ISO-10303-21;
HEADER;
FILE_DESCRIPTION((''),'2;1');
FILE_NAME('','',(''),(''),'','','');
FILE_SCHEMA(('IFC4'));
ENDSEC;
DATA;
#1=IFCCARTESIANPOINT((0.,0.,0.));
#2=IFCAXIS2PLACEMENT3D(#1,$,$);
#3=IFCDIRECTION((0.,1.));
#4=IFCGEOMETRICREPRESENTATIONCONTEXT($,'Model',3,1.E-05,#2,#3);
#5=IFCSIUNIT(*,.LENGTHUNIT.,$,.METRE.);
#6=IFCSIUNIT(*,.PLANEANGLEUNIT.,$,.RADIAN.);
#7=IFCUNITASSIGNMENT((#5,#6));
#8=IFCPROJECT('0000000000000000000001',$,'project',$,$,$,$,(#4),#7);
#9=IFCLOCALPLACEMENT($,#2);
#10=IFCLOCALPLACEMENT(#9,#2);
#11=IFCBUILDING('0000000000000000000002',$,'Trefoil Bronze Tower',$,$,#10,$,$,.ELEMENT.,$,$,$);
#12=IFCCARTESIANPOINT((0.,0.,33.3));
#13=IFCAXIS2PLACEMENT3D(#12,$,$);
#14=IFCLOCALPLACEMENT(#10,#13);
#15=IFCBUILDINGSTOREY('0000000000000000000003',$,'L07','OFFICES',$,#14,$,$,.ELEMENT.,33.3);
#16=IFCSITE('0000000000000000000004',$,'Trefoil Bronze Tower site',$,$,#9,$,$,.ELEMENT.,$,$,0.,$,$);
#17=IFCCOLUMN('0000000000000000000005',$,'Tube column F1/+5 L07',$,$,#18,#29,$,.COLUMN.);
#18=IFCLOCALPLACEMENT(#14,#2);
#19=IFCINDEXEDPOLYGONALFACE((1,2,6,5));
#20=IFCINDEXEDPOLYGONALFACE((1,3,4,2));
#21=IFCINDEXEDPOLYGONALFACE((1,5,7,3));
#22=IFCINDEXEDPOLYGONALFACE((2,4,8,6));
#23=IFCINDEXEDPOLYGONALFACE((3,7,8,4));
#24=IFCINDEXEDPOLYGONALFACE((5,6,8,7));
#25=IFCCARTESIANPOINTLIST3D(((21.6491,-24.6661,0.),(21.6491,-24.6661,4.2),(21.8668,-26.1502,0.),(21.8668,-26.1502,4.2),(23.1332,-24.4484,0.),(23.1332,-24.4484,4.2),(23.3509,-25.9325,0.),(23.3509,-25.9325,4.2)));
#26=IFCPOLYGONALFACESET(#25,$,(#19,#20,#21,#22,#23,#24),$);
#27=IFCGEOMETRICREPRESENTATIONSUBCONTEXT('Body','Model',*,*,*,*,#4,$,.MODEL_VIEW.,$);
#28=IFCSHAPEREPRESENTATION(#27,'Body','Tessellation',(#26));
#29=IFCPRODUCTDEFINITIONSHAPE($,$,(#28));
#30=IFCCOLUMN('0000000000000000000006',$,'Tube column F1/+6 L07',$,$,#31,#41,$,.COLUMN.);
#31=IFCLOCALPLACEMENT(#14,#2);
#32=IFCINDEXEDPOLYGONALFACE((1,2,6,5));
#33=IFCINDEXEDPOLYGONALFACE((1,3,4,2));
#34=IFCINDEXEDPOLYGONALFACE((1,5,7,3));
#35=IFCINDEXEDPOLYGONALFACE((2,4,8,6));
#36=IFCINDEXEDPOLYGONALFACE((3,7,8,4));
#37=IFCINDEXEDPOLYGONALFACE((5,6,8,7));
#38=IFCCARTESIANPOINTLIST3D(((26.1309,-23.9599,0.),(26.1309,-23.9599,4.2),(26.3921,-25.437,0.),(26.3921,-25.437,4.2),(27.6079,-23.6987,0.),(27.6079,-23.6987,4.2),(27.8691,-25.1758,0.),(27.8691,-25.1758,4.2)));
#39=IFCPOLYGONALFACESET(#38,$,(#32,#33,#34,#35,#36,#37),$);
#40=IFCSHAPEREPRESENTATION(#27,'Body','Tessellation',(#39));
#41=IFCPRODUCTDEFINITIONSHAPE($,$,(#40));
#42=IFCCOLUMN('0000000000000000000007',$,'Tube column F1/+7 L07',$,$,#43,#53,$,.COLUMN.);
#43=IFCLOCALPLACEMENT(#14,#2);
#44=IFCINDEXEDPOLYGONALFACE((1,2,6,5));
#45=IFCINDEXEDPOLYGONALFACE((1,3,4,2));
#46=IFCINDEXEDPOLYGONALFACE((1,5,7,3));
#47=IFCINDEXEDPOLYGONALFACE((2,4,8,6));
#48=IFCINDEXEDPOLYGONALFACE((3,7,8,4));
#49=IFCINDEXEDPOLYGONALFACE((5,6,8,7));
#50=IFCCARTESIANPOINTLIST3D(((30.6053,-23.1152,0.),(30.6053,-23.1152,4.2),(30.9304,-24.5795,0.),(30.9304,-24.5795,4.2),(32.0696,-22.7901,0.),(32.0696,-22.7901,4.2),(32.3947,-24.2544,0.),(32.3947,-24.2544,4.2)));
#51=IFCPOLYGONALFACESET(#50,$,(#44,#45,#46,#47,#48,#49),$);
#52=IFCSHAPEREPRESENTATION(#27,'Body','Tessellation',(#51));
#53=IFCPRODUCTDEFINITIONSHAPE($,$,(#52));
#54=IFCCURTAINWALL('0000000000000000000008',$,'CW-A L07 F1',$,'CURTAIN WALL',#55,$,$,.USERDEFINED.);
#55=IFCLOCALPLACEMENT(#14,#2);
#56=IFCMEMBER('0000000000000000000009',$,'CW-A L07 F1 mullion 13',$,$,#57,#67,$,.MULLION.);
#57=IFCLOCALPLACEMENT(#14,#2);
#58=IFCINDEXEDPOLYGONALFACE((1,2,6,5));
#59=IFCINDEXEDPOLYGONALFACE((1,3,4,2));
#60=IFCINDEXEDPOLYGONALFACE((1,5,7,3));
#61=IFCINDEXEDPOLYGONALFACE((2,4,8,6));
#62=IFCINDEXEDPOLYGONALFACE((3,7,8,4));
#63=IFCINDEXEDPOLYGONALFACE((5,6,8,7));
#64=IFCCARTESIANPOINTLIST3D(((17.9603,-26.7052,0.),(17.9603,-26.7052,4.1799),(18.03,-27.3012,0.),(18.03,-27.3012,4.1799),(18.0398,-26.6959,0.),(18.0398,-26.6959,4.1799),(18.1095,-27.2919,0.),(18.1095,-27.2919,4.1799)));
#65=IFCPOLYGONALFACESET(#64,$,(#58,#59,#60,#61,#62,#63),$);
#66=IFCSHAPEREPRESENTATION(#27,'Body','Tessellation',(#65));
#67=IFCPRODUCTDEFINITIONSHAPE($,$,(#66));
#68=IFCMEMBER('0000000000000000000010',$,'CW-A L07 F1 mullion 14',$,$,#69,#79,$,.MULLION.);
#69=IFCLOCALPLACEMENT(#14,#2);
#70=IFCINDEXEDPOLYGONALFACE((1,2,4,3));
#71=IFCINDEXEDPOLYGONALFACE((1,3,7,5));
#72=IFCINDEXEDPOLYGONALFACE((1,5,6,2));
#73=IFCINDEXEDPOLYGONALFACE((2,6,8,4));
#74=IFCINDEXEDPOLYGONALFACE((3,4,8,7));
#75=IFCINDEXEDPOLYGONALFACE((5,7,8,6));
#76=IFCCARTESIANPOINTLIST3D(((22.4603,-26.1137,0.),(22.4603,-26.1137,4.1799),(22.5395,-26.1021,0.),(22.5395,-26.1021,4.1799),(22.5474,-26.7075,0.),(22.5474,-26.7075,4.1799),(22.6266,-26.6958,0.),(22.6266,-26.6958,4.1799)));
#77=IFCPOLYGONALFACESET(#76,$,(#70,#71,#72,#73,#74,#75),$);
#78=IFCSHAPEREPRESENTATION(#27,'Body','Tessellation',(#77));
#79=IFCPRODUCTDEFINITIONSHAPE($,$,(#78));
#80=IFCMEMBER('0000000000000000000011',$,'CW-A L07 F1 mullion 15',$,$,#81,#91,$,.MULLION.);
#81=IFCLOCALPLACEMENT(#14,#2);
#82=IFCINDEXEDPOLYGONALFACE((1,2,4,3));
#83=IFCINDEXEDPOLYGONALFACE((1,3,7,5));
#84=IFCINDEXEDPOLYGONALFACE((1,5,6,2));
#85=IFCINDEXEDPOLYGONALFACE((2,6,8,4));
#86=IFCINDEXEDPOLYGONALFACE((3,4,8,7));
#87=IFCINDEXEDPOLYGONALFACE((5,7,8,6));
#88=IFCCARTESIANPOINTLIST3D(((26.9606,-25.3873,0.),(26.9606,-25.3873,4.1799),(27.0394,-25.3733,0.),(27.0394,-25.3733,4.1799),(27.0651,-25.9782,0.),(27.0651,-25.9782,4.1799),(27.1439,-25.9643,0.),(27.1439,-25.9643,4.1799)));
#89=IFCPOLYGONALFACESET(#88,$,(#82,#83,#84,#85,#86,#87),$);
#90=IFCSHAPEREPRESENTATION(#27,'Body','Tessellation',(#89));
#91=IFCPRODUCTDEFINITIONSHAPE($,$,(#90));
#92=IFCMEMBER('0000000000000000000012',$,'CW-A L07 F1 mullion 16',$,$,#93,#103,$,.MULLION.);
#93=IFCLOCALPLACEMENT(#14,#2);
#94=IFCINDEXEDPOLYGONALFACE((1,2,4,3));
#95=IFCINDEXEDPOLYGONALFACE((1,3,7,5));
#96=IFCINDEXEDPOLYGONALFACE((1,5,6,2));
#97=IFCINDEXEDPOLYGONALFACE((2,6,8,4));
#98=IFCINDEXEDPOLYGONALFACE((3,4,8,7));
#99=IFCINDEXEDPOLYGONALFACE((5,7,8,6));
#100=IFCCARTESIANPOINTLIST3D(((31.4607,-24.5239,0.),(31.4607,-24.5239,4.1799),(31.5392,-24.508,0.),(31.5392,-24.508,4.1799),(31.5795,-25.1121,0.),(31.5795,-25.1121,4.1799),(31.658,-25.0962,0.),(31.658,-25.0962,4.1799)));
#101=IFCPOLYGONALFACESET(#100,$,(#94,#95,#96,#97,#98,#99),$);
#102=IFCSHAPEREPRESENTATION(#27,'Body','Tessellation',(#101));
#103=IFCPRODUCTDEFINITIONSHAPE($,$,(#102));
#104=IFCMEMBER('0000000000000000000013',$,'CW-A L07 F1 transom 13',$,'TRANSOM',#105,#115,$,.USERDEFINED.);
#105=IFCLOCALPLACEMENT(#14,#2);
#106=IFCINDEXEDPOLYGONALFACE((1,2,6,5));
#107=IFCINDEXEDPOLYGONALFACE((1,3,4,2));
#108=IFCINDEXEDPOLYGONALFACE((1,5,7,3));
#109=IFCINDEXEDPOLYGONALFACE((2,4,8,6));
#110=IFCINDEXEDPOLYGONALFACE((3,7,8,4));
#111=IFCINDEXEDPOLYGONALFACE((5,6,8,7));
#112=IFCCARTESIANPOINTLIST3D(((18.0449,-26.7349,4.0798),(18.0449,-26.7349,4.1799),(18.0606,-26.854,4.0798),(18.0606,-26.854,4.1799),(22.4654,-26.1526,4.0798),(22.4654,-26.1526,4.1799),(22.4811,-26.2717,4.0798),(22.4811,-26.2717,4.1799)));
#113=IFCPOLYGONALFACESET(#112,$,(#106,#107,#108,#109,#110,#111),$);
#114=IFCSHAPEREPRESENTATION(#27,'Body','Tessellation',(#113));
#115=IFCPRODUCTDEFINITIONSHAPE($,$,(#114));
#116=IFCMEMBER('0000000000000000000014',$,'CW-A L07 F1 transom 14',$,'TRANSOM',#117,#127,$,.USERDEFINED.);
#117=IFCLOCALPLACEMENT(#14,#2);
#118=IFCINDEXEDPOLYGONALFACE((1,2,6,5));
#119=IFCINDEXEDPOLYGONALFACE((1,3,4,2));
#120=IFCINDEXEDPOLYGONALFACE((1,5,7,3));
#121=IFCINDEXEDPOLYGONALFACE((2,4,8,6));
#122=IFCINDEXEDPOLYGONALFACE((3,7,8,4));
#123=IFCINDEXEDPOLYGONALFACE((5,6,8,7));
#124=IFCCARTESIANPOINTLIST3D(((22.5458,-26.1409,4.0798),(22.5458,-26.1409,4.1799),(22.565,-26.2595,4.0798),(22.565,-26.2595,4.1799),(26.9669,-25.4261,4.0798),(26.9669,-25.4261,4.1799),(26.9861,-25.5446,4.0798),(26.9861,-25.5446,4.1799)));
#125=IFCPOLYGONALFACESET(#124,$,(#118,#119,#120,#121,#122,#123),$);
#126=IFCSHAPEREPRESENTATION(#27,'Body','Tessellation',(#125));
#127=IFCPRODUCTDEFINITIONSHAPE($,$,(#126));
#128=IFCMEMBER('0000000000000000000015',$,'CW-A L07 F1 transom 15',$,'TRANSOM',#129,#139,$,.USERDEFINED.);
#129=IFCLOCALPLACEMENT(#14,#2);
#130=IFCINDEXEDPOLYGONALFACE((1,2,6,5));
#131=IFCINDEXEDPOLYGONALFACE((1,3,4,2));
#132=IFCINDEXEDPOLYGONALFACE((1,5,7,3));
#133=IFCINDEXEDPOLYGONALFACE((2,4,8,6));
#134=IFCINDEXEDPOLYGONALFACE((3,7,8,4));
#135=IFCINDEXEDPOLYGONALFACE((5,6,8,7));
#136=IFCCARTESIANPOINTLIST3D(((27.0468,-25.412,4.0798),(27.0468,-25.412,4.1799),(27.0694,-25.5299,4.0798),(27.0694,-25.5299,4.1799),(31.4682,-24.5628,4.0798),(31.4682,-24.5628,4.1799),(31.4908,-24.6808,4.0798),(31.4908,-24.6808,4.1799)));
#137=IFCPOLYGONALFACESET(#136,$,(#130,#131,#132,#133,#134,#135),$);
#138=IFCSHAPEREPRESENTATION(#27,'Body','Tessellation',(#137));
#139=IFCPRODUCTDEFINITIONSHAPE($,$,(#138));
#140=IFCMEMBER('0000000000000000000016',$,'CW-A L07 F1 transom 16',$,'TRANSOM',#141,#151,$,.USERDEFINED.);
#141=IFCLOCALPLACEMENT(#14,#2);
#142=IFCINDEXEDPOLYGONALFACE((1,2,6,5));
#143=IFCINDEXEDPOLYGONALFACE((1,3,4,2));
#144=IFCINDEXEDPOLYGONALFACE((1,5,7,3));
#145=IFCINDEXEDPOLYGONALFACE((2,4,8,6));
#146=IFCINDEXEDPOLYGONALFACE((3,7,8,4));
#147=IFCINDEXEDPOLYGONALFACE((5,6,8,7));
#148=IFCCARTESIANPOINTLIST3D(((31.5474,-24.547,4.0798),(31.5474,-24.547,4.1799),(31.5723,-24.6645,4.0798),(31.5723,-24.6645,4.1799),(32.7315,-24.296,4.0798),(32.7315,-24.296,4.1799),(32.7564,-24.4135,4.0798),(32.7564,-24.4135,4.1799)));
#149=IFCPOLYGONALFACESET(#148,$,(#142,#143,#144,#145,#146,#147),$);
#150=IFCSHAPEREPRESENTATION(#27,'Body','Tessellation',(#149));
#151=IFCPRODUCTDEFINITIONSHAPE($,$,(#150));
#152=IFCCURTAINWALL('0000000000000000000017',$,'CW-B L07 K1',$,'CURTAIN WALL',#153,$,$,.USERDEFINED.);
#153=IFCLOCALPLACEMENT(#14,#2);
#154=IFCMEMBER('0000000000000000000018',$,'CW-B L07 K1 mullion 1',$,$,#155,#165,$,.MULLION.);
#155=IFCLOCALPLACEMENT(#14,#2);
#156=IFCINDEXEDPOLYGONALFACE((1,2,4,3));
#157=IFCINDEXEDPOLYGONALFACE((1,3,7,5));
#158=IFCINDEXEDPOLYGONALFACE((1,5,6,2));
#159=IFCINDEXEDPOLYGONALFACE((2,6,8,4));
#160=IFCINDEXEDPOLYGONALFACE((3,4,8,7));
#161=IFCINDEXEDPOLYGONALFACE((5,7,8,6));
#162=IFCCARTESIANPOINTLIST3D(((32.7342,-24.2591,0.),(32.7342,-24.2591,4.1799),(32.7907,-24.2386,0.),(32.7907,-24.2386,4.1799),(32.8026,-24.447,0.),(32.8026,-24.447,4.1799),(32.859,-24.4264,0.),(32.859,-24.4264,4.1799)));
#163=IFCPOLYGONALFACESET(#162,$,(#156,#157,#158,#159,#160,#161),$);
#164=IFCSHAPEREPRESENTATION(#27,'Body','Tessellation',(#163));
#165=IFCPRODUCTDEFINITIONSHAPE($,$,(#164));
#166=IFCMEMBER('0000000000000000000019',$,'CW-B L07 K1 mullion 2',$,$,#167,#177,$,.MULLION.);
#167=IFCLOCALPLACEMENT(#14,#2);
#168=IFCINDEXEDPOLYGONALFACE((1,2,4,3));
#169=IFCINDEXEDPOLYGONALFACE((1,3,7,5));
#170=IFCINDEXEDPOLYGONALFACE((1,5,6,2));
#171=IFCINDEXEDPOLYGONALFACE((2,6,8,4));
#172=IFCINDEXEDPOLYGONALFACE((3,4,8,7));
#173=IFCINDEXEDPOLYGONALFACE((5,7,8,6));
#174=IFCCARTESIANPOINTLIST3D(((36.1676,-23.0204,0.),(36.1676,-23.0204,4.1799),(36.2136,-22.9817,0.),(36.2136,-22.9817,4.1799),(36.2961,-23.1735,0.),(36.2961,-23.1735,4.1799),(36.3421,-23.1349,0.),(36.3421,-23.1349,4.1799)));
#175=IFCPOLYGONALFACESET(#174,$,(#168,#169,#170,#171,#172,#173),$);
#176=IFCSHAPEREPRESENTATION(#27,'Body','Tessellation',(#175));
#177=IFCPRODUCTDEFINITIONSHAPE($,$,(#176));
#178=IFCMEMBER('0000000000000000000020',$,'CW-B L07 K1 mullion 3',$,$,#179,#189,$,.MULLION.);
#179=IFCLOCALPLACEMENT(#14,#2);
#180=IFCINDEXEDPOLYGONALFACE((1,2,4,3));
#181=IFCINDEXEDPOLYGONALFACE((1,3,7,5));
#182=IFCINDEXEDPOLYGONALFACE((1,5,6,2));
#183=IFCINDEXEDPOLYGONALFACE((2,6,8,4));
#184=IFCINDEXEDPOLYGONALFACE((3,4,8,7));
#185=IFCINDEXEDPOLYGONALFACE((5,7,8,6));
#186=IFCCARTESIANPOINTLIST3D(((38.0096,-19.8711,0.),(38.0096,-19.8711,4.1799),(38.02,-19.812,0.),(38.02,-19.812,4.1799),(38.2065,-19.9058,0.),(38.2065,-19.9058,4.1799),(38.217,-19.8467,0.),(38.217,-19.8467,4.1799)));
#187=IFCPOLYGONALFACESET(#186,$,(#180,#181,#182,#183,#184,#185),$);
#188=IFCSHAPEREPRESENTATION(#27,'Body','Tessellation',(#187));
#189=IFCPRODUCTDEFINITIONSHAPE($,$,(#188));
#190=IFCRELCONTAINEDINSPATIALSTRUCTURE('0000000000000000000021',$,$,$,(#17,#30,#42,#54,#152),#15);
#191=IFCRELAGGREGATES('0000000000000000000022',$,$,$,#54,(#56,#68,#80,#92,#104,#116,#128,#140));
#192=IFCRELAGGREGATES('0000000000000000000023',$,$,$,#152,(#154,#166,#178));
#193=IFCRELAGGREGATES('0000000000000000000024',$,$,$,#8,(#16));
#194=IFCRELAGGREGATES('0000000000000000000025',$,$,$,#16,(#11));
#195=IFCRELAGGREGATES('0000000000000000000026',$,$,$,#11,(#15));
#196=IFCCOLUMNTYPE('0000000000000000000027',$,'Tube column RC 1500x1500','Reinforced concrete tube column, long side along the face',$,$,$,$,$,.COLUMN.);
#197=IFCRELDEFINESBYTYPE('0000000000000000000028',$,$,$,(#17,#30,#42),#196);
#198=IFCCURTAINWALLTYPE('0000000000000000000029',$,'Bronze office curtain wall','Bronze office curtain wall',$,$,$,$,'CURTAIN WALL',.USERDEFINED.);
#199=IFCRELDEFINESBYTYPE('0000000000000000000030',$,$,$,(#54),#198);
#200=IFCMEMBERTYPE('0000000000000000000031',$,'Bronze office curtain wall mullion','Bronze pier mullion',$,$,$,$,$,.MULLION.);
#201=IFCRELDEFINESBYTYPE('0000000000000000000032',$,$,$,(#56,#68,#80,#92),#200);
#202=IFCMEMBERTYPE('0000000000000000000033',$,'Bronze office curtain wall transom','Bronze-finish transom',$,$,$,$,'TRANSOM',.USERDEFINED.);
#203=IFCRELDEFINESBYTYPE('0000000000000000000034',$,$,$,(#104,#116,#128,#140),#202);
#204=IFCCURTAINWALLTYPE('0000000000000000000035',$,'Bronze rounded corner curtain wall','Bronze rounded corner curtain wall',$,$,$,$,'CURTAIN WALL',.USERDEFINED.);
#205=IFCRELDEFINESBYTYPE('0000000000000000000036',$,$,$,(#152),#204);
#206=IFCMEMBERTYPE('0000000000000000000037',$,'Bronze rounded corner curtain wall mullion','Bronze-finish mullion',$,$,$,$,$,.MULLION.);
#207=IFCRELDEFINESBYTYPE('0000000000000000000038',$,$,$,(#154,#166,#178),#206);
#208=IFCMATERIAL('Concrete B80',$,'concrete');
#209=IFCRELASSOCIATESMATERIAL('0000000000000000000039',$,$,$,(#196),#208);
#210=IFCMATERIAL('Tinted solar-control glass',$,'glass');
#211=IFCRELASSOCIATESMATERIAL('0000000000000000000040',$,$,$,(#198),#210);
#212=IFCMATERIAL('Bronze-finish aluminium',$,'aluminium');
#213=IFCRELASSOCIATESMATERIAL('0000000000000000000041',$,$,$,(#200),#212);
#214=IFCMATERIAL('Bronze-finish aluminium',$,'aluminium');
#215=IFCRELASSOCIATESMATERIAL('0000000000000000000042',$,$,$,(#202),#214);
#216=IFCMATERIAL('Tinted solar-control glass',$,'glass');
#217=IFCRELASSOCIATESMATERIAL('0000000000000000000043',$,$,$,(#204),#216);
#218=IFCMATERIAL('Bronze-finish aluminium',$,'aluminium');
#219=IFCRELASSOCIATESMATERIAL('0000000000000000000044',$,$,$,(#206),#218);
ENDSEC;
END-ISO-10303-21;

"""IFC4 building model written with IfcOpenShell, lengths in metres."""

from ifc_helpers import new_model, si_unit, direction, frame, origin, origin_2d, place, context, subcontext, project, spatial, rectangle, extrude, material, material_profile, profile_set, type_object, element, aggregate, save


model = new_model("IFC4")

# Units and contexts
model_context = context("Model", 3, precision=1e-05, world=origin(), true_north=direction((0.0, 1.0)))
body_context = subcontext(model_context, "Body", "Model", "MODEL_VIEW")
ifc_project = project(units=[si_unit("LENGTHUNIT", "METRE"), si_unit("PLANEANGLEUNIT", "RADIAN")], contexts=[model_context])

# Site, building, storey
site_placement = place(None, origin())
site = spatial("IfcSite", under=ifc_project, at=site_placement, Name="Trefoil Bronze Tower site", CompositionType="ELEMENT", RefElevation=0.0)
building_placement = place(site_placement, origin())
building = spatial("IfcBuilding", under=site, at=building_placement, Name="Trefoil Bronze Tower", CompositionType="ELEMENT")
storey_placement = place(building_placement, frame((0.0, 0.0, 33.3)))
storey = spatial("IfcBuildingStorey", under=building, at=storey_placement, Name="L07", Description="OFFICES", CompositionType="ELEMENT", Elevation=33.3)

# Columns
ifc_material_1 = material(Name="Concrete B80", Category="concrete")
ifc_material_profile_1 = material_profile(ifc_material_1, rectangle(XDim=1.5, YDim=1.5, at=origin_2d()), Name="RC 1500x1500")
ifc_profile_set_1 = profile_set([ifc_material_profile_1], Name="Concrete B80")
column_type = type_object("IfcColumnType", Name="Tube column RC 1500x1500", Description="Reinforced concrete tube column, long side along the face", PredefinedType="COLUMN", material=ifc_profile_set_1)
for number, where, z_axis, x_axis, name in (
    (1, (22.5, -25.2993, 0.0), (0.0, 0.0, 1.0), (0.989416, 0.145109, 0.0), "Tube column F1/+5 L07"),
    (2, (27.0, -24.5679, 0.0), (0.0, 0.0, 1.0), (0.984722, 0.174131, 0.0), "Tube column F1/+6 L07"),
    (3, (31.5, -23.6848, 0.0), (0.0, 0.0, 1.0), (0.97623, 0.216739, 0.0), "Tube column F1/+7 L07"),
):
    element("IfcColumn", number, at=place(storey_placement, frame(where, z_axis=z_axis, x_axis=x_axis)), inside=storey, type_object=column_type, Name=name, PredefinedType="COLUMN", context=body_context, shape_type="SweptSolid", body=[
        extrude(rectangle(XDim=1.5, YDim=1.5, at=origin_2d()), origin(), (0.0, 0.0, 1.0), 4.2),
    ])

# Curtain walls, members
ifc_material_2 = material(Name="Tinted solar-control glass", Category="glass")
curtain_wall_type_1 = type_object("IfcCurtainWallType", Name="Bronze office curtain wall", Description="Bronze office curtain wall", ElementType="CURTAIN WALL", PredefinedType="USERDEFINED", material=ifc_material_2)
curtain_wall_1_placement = place(storey_placement, origin())
curtain_wall_1 = element("IfcCurtainWall", 4, at=curtain_wall_1_placement, inside=storey, type_object=curtain_wall_type_1, Name="CW-A L07 F1", ObjectType="CURTAIN WALL", PredefinedType="USERDEFINED")
ifc_material_3 = material(Name="Bronze-finish aluminium", Category="aluminium")
ifc_material_profile_2 = material_profile(ifc_material_3, rectangle(XDim=0.6001, YDim=0.0801, at=origin_2d()), Name="CW-A mullion")
ifc_profile_set_2 = profile_set([ifc_material_profile_2], Name="Bronze-finish aluminium")
member_type_1 = type_object("IfcMemberType", Name="Bronze office curtain wall mullion", Description="Bronze pier mullion", PredefinedType="MULLION", material=ifc_profile_set_2)
member_1_placement = place(storey_placement, frame((18.0349, -26.9985, 0.0), z_axis=(0.0, 0.0, 1.0), x_axis=(-0.116087, 0.993239, 0.0)))
member_1 = element("IfcMember", 5, at=member_1_placement, type_object=member_type_1, Name="CW-A L07 F1 mullion 13", PredefinedType="MULLION", context=body_context, shape_type="SweptSolid", body=[
    extrude(rectangle(XDim=0.6001, YDim=0.0801, at=origin_2d()), origin(), (0.0, 0.0, 1.0), 4.1799),
])
member_2_placement = place(storey_placement, frame((22.5435, -26.4048, 0.0), z_axis=(0.0, 0.0, 1.0), x_axis=(-0.145109, 0.989416, 0.0)))
member_2 = element("IfcMember", 6, at=member_2_placement, type_object=member_type_1, Name="CW-A L07 F1 mullion 14", PredefinedType="MULLION", context=body_context, shape_type="SweptSolid", body=[
    extrude(rectangle(XDim=0.6001, YDim=0.0801, at=origin_2d()), origin(), (0.0, 0.0, 1.0), 4.1799),
])
member_3_placement = place(storey_placement, frame((27.0522, -25.6758, 0.0), z_axis=(0.0, 0.0, 1.0), x_axis=(-0.174131, 0.984722, 0.0)))
member_3 = element("IfcMember", 7, at=member_3_placement, type_object=member_type_1, Name="CW-A L07 F1 mullion 15", PredefinedType="MULLION", context=body_context, shape_type="SweptSolid", body=[
    extrude(rectangle(XDim=0.6001, YDim=0.0801, at=origin_2d()), origin(), (0.0, 0.0, 1.0), 4.1799),
])
member_4_placement = place(storey_placement, frame((31.5593, -24.8101, 0.0), z_axis=(0.0, 0.0, 1.0), x_axis=(-0.19791, 0.98022, 0.0)))
member_4 = element("IfcMember", 8, at=member_4_placement, type_object=member_type_1, Name="CW-A L07 F1 mullion 16", PredefinedType="MULLION", context=body_context, shape_type="SweptSolid", body=[
    extrude(rectangle(XDim=0.6001, YDim=0.0801, at=origin_2d()), origin(), (0.0, 0.0, 1.0), 4.1799),
])
ifc_material_4 = material(Name="Bronze-finish aluminium", Category="aluminium")
ifc_material_profile_3 = material_profile(ifc_material_4, rectangle(XDim=0.1201, YDim=0.1001, at=origin_2d()), Name="CW-A transom")
ifc_profile_set_3 = profile_set([ifc_material_profile_3], Name="Bronze-finish aluminium")
member_type_2 = type_object("IfcMemberType", Name="Bronze office curtain wall transom", Description="Bronze-finish transom", ElementType="TRANSOM", PredefinedType="USERDEFINED", material=ifc_profile_set_3)
member_5_placement = place(storey_placement, frame((18.0527, -26.7944, 4.1299), z_axis=(0.991437, 0.130589, 0.0), x_axis=(-0.130589, 0.991437, 0.0)))
member_5 = element("IfcMember", 9, at=member_5_placement, type_object=member_type_2, Name="CW-A L07 F1 transom 13", ObjectType="TRANSOM", PredefinedType="USERDEFINED", context=body_context, shape_type="SweptSolid", body=[
    extrude(rectangle(XDim=0.1201, YDim=0.1001, at=origin_2d()), origin(), (0.0, 0.0, 1.0), 4.4587),
])
member_6_placement = place(storey_placement, frame((22.5554, -26.2002, 4.1299), z_axis=(0.987179, 0.159615, 0.0), x_axis=(-0.159615, 0.987179, 0.0)))
member_6 = element("IfcMember", 10, at=member_6_placement, type_object=member_type_2, Name="CW-A L07 F1 transom 14", ObjectType="TRANSOM", PredefinedType="USERDEFINED", context=body_context, shape_type="SweptSolid", body=[
    extrude(rectangle(XDim=0.1201, YDim=0.1001, at=origin_2d()), origin(), (0.0, 0.0, 1.0), 4.4785),
])
member_7_placement = place(storey_placement, frame((27.0581, -25.4709, 4.1299), z_axis=(0.982054, 0.188602, 0.0), x_axis=(-0.188602, 0.982054, 0.0)))
member_7 = element("IfcMember", 11, at=member_7_placement, type_object=member_type_2, Name="CW-A L07 F1 transom 15", ObjectType="TRANSOM", PredefinedType="USERDEFINED", context=body_context, shape_type="SweptSolid", body=[
    extrude(rectangle(XDim=0.1201, YDim=0.1001, at=origin_2d()), origin(), (0.0, 0.0, 1.0), 4.5022),
])
member_8_placement = place(storey_placement, frame((31.5598, -24.6057, 4.1299), z_axis=(0.978266, 0.207352, 0.0), x_axis=(-0.207352, 0.978266, 0.0)))
member_8 = element("IfcMember", 12, at=member_8_placement, type_object=member_type_2, Name="CW-A L07 F1 transom 16", ObjectType="TRANSOM", PredefinedType="USERDEFINED", context=body_context, shape_type="SweptSolid", body=[
    extrude(rectangle(XDim=0.1201, YDim=0.1001, at=origin_2d()), origin(), (0.0, 0.0, 1.0), 1.2104),
])
ifc_material_5 = material(Name="Tinted solar-control glass", Category="glass")
curtain_wall_type_2 = type_object("IfcCurtainWallType", Name="Bronze rounded corner curtain wall", Description="Bronze rounded corner curtain wall", ElementType="CURTAIN WALL", PredefinedType="USERDEFINED", material=ifc_material_5)
curtain_wall_2_placement = place(storey_placement, origin())
curtain_wall_2 = element("IfcCurtainWall", 13, at=curtain_wall_2_placement, inside=storey, type_object=curtain_wall_type_2, Name="CW-B L07 K1", ObjectType="CURTAIN WALL", PredefinedType="USERDEFINED")
ifc_material_6 = material(Name="Bronze-finish aluminium", Category="aluminium")
ifc_material_profile_4 = material_profile(ifc_material_6, rectangle(XDim=0.2, YDim=0.0601, at=origin_2d()), Name="CW-B mullion")
ifc_profile_set_4 = profile_set([ifc_material_profile_4], Name="Bronze-finish aluminium")
member_type_3 = type_object("IfcMemberType", Name="Bronze rounded corner curtain wall mullion", Description="Bronze-finish mullion", PredefinedType="MULLION", material=ifc_profile_set_4)
member_9_placement = place(storey_placement, frame((32.7966, -24.3428, 0.0), z_axis=(0.0, 0.0, 1.0), x_axis=(-0.34202, 0.939693, 0.0)))
member_9 = element("IfcMember", 14, at=member_9_placement, type_object=member_type_3, Name="CW-B L07 K1 mullion 1", PredefinedType="MULLION", context=body_context, shape_type="SweptSolid", body=[
    extrude(rectangle(XDim=0.2, YDim=0.0601, at=origin_2d()), origin(), (0.0, 0.0, 1.0), 4.1799),
])
member_10_placement = place(storey_placement, frame((36.2549, -23.0776, 0.0), z_axis=(0.0, 0.0, 1.0), x_axis=(-0.642788, 0.766044, 0.0)))
member_10 = element("IfcMember", 15, at=member_10_placement, type_object=member_type_3, Name="CW-B L07 K1 mullion 2", PredefinedType="MULLION", context=body_context, shape_type="SweptSolid", body=[
    extrude(rectangle(XDim=0.2, YDim=0.0601, at=origin_2d()), origin(), (0.0, 0.0, 1.0), 4.1799),
])
member_11_placement = place(storey_placement, frame((38.1133, -19.8589, 0.0), z_axis=(0.0, 0.0, 1.0), x_axis=(-0.984808, 0.173648, 0.0)))
member_11 = element("IfcMember", 16, at=member_11_placement, type_object=member_type_3, Name="CW-B L07 K1 mullion 3", PredefinedType="MULLION", context=body_context, shape_type="SweptSolid", body=[
    extrude(rectangle(XDim=0.2, YDim=0.0601, at=origin_2d()), origin(), (0.0, 0.0, 1.0), 4.1799),
])

aggregate(curtain_wall_1, [member_1, member_2, member_3, member_4, member_5, member_6, member_7, member_8])
aggregate(curtain_wall_2, [member_9, member_10, member_11])

save(model, "model.ifc")
